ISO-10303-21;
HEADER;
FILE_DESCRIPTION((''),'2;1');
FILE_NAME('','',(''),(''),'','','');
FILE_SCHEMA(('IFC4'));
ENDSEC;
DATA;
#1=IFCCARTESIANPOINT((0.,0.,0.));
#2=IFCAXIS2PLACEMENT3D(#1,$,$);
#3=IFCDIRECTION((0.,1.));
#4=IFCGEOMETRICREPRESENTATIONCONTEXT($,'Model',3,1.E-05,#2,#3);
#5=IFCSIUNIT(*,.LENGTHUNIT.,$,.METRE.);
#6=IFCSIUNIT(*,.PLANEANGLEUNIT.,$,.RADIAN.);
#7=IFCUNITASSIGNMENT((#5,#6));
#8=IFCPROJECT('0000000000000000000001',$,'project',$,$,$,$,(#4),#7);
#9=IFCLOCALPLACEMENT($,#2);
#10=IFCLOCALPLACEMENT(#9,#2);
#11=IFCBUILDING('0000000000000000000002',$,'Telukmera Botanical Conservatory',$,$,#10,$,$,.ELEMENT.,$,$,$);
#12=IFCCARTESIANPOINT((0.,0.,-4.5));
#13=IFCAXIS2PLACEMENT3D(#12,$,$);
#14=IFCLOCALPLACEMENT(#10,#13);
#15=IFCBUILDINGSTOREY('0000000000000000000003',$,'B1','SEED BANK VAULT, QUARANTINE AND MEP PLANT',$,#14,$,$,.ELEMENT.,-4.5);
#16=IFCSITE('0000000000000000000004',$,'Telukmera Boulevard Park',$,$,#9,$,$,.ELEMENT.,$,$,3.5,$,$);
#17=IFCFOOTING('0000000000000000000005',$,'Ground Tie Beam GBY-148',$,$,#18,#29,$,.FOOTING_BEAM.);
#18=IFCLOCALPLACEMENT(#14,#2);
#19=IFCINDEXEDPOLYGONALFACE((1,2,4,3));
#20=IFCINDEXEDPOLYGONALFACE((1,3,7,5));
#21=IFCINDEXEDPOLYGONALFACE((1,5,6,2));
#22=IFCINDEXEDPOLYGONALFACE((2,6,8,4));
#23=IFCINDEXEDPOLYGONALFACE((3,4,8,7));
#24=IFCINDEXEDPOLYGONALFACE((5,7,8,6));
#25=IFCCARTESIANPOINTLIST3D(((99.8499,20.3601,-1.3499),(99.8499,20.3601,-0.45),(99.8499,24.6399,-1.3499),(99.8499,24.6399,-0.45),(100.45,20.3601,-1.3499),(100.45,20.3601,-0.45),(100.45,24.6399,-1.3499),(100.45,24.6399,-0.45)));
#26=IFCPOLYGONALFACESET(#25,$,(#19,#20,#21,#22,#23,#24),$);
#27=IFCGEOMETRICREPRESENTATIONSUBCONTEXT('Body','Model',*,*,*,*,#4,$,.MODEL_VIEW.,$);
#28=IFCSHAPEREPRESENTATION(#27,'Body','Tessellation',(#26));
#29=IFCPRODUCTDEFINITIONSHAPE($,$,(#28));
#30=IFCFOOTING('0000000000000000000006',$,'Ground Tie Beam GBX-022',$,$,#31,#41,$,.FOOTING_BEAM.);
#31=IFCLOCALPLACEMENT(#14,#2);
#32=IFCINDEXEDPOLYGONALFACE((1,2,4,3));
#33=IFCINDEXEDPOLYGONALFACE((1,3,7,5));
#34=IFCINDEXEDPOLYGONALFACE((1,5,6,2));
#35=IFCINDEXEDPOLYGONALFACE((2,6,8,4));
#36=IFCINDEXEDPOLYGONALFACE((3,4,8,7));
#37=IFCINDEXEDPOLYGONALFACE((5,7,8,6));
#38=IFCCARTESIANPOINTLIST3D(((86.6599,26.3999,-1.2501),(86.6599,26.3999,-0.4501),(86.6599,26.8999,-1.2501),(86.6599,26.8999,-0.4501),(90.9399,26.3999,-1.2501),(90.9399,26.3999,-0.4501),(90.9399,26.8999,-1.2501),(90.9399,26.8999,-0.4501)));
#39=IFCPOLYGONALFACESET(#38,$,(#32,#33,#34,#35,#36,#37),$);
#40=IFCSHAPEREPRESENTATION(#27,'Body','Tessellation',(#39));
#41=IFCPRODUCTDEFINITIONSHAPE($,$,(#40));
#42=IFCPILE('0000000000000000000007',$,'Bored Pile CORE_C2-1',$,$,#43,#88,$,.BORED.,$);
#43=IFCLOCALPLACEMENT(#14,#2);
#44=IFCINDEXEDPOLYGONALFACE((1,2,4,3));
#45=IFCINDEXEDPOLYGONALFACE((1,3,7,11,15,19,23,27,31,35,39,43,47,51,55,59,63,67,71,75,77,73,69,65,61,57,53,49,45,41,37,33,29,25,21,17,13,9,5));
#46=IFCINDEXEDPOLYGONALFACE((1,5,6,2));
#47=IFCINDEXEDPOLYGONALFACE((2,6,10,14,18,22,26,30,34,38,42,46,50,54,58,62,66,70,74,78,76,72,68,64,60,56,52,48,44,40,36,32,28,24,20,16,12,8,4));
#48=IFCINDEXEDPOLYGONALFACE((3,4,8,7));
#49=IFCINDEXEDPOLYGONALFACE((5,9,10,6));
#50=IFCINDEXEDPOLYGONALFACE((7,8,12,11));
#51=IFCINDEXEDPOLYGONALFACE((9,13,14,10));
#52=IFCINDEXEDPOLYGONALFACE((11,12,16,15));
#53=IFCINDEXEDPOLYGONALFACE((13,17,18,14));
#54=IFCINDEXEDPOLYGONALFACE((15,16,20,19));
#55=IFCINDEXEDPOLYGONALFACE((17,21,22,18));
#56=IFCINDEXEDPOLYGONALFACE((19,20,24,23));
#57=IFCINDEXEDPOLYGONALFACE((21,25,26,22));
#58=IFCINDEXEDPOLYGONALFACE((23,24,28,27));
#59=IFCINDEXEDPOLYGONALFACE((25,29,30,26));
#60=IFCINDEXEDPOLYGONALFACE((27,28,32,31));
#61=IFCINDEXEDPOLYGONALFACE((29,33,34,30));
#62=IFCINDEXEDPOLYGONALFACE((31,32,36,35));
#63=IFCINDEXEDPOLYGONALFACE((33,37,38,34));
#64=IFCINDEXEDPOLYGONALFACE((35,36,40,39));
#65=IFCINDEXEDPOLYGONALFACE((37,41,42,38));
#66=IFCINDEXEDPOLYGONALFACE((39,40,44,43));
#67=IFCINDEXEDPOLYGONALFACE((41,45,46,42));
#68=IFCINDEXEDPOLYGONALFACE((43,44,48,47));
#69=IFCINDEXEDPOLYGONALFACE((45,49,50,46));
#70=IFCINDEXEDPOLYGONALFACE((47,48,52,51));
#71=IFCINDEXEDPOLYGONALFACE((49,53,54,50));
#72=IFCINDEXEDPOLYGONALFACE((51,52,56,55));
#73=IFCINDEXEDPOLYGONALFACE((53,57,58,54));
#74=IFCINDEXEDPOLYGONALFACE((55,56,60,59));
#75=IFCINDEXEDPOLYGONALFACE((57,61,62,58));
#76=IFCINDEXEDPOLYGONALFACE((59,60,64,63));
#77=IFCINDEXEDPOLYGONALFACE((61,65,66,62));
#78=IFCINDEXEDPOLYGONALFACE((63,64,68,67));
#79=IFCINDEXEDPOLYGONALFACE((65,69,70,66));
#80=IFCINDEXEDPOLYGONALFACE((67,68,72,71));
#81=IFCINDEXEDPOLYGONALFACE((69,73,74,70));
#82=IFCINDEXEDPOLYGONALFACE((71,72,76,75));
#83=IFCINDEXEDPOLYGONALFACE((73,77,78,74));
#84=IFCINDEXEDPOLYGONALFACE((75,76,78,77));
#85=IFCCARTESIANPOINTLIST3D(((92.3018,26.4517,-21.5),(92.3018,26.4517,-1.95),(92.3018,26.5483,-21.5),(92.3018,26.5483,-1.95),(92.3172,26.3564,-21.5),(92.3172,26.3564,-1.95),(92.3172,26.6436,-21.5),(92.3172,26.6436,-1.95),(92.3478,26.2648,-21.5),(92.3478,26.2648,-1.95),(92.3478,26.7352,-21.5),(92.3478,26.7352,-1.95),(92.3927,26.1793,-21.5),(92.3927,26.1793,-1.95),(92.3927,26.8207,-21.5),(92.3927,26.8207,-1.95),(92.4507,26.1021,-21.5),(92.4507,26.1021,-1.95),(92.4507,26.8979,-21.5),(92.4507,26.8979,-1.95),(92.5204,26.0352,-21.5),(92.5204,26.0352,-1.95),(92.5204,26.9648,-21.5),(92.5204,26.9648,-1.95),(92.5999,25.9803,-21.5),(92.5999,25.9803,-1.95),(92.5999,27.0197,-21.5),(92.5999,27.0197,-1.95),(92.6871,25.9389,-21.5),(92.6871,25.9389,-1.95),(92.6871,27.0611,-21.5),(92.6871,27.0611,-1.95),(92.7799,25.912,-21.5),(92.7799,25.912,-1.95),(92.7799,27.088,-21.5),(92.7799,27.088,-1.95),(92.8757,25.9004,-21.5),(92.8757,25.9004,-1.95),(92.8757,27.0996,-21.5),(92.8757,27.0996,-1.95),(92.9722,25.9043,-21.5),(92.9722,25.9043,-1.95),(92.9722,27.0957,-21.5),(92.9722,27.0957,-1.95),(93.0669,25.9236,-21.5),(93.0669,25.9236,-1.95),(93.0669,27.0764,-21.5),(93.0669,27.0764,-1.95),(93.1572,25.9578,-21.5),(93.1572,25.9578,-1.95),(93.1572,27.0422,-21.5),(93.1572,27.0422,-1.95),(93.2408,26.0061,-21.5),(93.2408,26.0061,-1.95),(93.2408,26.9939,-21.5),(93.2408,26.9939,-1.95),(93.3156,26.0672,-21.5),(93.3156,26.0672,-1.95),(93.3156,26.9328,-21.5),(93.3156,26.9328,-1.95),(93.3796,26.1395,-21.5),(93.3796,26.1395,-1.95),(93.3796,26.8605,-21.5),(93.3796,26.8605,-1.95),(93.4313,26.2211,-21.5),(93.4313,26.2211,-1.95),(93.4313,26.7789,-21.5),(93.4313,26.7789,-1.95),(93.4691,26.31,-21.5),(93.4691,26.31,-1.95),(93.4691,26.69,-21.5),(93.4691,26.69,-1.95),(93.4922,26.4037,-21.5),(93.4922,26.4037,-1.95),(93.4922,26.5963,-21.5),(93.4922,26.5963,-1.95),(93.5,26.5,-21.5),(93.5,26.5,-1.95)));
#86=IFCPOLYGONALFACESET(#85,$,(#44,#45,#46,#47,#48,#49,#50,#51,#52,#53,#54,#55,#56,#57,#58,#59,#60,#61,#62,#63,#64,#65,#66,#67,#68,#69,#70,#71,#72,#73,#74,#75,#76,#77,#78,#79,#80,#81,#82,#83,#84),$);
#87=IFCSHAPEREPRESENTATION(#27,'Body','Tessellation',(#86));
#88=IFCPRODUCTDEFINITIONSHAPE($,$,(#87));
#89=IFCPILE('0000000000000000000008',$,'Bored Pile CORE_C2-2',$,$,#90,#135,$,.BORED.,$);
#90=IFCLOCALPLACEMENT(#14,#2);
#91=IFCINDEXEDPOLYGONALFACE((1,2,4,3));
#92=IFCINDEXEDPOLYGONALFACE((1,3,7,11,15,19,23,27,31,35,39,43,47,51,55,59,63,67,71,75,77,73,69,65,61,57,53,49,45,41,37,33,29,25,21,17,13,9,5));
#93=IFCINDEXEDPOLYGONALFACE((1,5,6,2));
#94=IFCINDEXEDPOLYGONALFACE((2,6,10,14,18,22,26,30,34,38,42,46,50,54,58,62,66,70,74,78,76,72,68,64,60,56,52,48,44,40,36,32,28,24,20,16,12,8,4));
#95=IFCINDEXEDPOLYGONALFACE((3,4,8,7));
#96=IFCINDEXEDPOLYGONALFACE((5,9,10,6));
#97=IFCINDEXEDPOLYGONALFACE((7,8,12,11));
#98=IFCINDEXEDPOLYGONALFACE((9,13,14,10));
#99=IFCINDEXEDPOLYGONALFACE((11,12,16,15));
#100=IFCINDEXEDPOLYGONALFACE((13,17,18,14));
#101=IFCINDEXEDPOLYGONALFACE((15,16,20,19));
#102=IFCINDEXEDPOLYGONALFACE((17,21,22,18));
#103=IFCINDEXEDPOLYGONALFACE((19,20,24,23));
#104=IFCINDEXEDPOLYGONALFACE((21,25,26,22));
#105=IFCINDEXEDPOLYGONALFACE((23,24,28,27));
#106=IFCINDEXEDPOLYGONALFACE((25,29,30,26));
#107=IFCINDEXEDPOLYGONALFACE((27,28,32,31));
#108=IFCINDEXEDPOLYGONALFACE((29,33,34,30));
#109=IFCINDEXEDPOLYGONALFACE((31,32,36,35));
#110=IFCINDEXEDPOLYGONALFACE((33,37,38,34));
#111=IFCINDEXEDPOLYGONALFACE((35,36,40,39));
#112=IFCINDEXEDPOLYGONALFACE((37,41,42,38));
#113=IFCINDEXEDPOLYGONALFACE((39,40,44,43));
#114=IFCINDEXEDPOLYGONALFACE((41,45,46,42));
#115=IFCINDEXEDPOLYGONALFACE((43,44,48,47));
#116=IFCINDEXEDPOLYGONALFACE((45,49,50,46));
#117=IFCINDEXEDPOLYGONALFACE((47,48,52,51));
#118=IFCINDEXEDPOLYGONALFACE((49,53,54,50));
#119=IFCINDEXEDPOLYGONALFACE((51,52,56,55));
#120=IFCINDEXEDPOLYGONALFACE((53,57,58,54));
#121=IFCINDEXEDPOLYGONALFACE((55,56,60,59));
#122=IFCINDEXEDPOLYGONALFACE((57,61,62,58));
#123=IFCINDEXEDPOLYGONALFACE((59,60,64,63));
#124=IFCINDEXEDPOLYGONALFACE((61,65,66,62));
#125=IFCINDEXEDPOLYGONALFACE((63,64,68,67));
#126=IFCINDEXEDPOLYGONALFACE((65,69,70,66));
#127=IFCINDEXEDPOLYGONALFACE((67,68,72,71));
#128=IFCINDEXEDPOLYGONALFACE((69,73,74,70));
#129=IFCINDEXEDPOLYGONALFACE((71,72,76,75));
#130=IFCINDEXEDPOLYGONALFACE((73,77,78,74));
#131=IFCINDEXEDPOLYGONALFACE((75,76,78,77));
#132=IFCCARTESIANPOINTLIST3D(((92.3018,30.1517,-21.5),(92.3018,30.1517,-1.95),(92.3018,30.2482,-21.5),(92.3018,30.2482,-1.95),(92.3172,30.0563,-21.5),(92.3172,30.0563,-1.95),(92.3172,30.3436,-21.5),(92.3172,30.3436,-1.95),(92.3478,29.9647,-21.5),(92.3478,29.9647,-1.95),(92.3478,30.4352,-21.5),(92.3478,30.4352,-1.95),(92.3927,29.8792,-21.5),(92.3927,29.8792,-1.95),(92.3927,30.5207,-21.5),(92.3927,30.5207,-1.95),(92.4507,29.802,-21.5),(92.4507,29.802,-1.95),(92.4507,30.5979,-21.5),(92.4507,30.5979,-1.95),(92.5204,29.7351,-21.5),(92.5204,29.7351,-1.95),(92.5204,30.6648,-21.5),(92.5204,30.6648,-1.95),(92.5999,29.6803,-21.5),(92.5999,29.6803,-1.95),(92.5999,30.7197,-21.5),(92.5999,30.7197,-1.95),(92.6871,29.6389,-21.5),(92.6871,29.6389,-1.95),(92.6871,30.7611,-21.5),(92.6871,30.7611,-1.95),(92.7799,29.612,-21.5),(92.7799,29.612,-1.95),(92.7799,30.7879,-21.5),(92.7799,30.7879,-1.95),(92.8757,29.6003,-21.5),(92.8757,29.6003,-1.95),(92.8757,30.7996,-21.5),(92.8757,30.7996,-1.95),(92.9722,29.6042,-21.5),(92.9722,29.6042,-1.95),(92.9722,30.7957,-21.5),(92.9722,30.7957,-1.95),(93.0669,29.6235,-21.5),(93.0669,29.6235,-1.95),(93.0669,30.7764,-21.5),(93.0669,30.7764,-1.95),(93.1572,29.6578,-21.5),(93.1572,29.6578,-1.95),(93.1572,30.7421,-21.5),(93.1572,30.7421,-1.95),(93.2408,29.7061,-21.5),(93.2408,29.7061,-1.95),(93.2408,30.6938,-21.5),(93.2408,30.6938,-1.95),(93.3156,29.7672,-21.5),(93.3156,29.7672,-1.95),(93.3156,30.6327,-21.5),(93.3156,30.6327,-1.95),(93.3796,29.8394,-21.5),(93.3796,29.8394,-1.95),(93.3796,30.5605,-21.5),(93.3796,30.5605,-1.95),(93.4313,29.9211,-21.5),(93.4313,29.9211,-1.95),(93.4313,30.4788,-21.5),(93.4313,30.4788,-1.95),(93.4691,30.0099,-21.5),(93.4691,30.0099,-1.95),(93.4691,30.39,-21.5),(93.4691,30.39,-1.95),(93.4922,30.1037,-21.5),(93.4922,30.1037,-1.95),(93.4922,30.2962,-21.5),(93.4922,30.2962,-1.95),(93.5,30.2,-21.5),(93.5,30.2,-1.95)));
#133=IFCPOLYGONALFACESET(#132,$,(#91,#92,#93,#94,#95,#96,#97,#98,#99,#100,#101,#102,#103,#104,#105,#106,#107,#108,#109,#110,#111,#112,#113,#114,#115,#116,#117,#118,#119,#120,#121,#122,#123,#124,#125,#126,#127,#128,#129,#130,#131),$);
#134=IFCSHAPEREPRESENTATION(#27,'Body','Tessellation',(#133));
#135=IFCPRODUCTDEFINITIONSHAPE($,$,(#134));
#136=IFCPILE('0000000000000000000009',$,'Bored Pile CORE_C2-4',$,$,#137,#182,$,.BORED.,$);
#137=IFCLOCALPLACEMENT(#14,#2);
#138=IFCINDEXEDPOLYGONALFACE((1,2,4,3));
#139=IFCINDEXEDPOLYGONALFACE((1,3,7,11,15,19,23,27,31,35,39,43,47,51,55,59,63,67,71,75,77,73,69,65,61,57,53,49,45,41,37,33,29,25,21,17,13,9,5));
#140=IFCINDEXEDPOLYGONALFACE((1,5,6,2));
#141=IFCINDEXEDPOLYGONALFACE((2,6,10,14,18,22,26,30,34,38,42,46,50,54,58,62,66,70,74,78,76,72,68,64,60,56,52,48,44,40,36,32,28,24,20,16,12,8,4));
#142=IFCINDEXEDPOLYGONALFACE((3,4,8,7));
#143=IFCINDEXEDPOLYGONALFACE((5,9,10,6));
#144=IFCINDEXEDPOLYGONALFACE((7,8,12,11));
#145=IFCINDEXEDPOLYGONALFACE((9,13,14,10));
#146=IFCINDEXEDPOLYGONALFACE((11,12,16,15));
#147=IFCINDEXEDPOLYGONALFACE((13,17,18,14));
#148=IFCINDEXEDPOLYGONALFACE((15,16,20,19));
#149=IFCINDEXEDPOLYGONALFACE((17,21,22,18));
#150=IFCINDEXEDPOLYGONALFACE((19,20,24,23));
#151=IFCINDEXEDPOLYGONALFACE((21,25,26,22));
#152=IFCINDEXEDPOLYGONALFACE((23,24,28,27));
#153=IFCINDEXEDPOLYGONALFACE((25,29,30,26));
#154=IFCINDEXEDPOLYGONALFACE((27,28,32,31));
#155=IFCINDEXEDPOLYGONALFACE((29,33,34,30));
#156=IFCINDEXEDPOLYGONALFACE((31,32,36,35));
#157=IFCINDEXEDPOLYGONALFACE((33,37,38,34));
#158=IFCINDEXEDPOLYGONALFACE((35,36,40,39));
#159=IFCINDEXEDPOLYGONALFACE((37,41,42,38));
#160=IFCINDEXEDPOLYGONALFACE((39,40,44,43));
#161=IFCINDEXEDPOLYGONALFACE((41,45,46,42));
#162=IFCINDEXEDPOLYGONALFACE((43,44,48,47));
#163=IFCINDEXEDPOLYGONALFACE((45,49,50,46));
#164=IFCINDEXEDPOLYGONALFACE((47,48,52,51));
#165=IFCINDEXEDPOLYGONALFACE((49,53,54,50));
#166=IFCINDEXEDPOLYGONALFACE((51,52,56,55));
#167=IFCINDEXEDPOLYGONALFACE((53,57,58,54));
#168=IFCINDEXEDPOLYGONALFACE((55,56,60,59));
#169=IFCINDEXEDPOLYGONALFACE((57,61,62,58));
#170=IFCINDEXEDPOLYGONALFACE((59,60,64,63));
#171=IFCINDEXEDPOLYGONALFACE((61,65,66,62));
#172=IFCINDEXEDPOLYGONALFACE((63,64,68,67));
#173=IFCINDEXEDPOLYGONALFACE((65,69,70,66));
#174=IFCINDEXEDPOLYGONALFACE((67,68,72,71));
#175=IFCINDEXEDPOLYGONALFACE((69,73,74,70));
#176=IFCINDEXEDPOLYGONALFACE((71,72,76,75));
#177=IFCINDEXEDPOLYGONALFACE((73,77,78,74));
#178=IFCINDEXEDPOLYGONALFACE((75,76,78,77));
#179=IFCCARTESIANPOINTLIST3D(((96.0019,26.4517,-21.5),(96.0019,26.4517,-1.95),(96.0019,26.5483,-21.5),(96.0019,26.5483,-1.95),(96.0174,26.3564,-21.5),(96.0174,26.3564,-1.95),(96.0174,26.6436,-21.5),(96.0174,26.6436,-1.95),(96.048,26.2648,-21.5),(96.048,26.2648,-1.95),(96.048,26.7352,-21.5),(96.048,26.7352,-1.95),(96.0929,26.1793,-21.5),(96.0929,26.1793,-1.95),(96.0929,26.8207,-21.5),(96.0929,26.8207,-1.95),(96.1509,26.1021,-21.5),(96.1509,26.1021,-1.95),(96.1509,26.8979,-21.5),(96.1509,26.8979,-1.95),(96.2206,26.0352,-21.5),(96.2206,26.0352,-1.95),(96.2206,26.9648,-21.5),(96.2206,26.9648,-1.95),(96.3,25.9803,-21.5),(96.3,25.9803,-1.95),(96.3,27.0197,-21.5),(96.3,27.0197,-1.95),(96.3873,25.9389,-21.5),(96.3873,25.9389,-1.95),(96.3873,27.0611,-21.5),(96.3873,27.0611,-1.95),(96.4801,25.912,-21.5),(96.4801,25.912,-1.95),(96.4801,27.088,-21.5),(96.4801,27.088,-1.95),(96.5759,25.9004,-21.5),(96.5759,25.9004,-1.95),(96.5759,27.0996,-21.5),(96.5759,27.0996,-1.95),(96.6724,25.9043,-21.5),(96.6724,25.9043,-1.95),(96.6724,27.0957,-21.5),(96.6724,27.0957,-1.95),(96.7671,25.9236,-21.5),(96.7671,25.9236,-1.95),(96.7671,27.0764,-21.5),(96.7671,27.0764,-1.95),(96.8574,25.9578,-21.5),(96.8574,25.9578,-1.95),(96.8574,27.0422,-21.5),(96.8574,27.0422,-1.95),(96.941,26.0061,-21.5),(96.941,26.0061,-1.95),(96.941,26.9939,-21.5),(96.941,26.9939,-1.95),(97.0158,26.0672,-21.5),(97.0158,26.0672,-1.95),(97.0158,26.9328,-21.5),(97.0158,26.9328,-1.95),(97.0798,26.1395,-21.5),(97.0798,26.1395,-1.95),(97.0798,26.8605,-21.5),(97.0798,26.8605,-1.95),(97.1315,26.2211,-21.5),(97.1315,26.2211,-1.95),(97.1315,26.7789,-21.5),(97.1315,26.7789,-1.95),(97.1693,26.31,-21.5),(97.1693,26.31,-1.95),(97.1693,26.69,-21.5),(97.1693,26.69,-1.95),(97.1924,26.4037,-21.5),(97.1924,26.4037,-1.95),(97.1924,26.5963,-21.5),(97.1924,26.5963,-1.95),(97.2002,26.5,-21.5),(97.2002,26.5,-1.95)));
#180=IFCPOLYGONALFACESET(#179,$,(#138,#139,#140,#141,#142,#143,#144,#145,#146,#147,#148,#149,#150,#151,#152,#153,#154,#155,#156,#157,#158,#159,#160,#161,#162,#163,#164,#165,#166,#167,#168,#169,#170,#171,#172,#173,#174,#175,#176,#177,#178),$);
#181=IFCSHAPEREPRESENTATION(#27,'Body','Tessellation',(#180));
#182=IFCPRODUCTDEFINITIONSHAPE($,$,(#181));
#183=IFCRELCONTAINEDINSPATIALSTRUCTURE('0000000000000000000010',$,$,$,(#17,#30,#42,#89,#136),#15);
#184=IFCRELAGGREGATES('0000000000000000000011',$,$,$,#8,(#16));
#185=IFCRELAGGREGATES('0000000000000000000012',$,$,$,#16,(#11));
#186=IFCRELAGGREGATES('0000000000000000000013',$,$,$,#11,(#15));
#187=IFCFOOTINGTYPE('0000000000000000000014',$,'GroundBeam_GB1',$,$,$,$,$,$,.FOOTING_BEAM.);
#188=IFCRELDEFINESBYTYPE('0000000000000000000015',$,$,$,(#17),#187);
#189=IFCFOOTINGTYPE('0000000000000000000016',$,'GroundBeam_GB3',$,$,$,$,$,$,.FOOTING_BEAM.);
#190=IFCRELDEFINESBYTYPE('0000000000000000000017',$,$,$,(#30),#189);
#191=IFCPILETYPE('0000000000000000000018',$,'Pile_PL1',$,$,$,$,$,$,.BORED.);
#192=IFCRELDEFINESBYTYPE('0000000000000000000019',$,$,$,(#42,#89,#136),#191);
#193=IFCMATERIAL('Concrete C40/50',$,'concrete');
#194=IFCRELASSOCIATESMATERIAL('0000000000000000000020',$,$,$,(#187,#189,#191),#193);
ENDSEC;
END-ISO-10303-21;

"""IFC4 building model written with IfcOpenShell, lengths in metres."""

from ifc_helpers import new_model, si_unit, direction, frame, origin, origin_2d, place, context, subcontext, project, spatial, rectangle, circle, extrude, material, material_profile, profile_set, type_object, element, save


model = new_model("IFC4")

# Units and contexts
model_context = context("Model", 3, precision=1e-05, world=origin(), true_north=direction((0.0, 1.0)))
body_context = subcontext(model_context, "Body", "Model", "MODEL_VIEW")
ifc_project = project(units=[si_unit("LENGTHUNIT", "METRE"), si_unit("PLANEANGLEUNIT", "RADIAN")], contexts=[model_context])

# Site, building, storey
site_placement = place(None, origin())
site = spatial("IfcSite", under=ifc_project, at=site_placement, Name="Telukmera Boulevard Park", CompositionType="ELEMENT", RefElevation=3.5)
building_placement = place(site_placement, origin())
building = spatial("IfcBuilding", under=site, at=building_placement, Name="Telukmera Botanical Conservatory", CompositionType="ELEMENT")
storey_placement = place(building_placement, frame((0.0, 0.0, -4.5)))
storey = spatial("IfcBuildingStorey", under=building, at=storey_placement, Name="B1", Description="SEED BANK VAULT, QUARANTINE AND MEP PLANT", CompositionType="ELEMENT", Elevation=-4.5)

# Footings
ifc_material_1 = material(Name="Concrete C40/50", Category="concrete")
ifc_material_profile_1 = material_profile(ifc_material_1, rectangle(XDim=0.6001, YDim=0.8999, at=origin_2d()), Name="RC 600x900")
ifc_profile_set_1 = profile_set([ifc_material_profile_1], Name="Concrete C40/50")
footing_type_1 = type_object("IfcFootingType", Name="GroundBeam_GB1", PredefinedType="FOOTING_BEAM", material=ifc_profile_set_1)
footing_1_placement = place(storey_placement, frame((100.1499, 20.3601, -0.8999), z_axis=(0.0, 1.0, 0.0), x_axis=(-1.0, 0.0, 0.0)))
element("IfcFooting", 1, at=footing_1_placement, inside=storey, type_object=footing_type_1, Name="Ground Tie Beam GBY-148", PredefinedType="FOOTING_BEAM", context=body_context, shape_type="SweptSolid", body=[
    extrude(rectangle(XDim=0.6001, YDim=0.8999, at=origin_2d()), origin(), (0.0, 0.0, 1.0), 4.2798),
])
ifc_material_profile_2 = material_profile(ifc_material_1, rectangle(XDim=0.5, YDim=0.8, at=origin_2d()), Name="RC 500x800")
ifc_profile_set_2 = profile_set([ifc_material_profile_2], Name="Concrete C40/50")
footing_type_2 = type_object("IfcFootingType", Name="GroundBeam_GB3", PredefinedType="FOOTING_BEAM", material=ifc_profile_set_2)
footing_2_placement = place(storey_placement, frame((86.6599, 26.6499, -0.8501), z_axis=(1.0, 0.0, 0.0), x_axis=(0.0, 1.0, 0.0)))
element("IfcFooting", 2, at=footing_2_placement, inside=storey, type_object=footing_type_2, Name="Ground Tie Beam GBX-022", PredefinedType="FOOTING_BEAM", context=body_context, shape_type="SweptSolid", body=[
    extrude(rectangle(XDim=0.5, YDim=0.8, at=origin_2d()), origin(), (0.0, 0.0, 1.0), 4.28),
])

# Piles
ifc_material_profile_3 = material_profile(ifc_material_1, circle(Radius=0.6001, at=origin_2d()), Name="PILE D1200")
ifc_profile_set_3 = profile_set([ifc_material_profile_3], Name="Concrete C40/50")
pile_type = type_object("IfcPileType", Name="Pile_PL1", PredefinedType="BORED", material=ifc_profile_set_3)
for number, where, z_axis, x_axis, name in (
    (3, (92.8999, 26.5, -1.95), (0.0, 0.0, -1.0), (1.0, 0.0, 0.0), "Bored Pile CORE_C2-1"),
    (4, (92.8999, 30.2, -1.95), (0.0, 0.0, -1.0), (1.0, 0.0, 0.0), "Bored Pile CORE_C2-2"),
    (5, (96.6001, 26.5, -1.95), (0.0, 0.0, -1.0), (1.0, 0.0, 0.0), "Bored Pile CORE_C2-4"),
):
    element("IfcPile", number, at=place(storey_placement, frame(where, z_axis=z_axis, x_axis=x_axis)), inside=storey, type_object=pile_type, Name=name, PredefinedType="BORED", context=body_context, shape_type="SweptSolid", body=[
        extrude(circle(Radius=0.6001, at=origin_2d()), origin(), (0.0, 0.0, 1.0), 19.55),
    ])

save(model, "model.ifc")
